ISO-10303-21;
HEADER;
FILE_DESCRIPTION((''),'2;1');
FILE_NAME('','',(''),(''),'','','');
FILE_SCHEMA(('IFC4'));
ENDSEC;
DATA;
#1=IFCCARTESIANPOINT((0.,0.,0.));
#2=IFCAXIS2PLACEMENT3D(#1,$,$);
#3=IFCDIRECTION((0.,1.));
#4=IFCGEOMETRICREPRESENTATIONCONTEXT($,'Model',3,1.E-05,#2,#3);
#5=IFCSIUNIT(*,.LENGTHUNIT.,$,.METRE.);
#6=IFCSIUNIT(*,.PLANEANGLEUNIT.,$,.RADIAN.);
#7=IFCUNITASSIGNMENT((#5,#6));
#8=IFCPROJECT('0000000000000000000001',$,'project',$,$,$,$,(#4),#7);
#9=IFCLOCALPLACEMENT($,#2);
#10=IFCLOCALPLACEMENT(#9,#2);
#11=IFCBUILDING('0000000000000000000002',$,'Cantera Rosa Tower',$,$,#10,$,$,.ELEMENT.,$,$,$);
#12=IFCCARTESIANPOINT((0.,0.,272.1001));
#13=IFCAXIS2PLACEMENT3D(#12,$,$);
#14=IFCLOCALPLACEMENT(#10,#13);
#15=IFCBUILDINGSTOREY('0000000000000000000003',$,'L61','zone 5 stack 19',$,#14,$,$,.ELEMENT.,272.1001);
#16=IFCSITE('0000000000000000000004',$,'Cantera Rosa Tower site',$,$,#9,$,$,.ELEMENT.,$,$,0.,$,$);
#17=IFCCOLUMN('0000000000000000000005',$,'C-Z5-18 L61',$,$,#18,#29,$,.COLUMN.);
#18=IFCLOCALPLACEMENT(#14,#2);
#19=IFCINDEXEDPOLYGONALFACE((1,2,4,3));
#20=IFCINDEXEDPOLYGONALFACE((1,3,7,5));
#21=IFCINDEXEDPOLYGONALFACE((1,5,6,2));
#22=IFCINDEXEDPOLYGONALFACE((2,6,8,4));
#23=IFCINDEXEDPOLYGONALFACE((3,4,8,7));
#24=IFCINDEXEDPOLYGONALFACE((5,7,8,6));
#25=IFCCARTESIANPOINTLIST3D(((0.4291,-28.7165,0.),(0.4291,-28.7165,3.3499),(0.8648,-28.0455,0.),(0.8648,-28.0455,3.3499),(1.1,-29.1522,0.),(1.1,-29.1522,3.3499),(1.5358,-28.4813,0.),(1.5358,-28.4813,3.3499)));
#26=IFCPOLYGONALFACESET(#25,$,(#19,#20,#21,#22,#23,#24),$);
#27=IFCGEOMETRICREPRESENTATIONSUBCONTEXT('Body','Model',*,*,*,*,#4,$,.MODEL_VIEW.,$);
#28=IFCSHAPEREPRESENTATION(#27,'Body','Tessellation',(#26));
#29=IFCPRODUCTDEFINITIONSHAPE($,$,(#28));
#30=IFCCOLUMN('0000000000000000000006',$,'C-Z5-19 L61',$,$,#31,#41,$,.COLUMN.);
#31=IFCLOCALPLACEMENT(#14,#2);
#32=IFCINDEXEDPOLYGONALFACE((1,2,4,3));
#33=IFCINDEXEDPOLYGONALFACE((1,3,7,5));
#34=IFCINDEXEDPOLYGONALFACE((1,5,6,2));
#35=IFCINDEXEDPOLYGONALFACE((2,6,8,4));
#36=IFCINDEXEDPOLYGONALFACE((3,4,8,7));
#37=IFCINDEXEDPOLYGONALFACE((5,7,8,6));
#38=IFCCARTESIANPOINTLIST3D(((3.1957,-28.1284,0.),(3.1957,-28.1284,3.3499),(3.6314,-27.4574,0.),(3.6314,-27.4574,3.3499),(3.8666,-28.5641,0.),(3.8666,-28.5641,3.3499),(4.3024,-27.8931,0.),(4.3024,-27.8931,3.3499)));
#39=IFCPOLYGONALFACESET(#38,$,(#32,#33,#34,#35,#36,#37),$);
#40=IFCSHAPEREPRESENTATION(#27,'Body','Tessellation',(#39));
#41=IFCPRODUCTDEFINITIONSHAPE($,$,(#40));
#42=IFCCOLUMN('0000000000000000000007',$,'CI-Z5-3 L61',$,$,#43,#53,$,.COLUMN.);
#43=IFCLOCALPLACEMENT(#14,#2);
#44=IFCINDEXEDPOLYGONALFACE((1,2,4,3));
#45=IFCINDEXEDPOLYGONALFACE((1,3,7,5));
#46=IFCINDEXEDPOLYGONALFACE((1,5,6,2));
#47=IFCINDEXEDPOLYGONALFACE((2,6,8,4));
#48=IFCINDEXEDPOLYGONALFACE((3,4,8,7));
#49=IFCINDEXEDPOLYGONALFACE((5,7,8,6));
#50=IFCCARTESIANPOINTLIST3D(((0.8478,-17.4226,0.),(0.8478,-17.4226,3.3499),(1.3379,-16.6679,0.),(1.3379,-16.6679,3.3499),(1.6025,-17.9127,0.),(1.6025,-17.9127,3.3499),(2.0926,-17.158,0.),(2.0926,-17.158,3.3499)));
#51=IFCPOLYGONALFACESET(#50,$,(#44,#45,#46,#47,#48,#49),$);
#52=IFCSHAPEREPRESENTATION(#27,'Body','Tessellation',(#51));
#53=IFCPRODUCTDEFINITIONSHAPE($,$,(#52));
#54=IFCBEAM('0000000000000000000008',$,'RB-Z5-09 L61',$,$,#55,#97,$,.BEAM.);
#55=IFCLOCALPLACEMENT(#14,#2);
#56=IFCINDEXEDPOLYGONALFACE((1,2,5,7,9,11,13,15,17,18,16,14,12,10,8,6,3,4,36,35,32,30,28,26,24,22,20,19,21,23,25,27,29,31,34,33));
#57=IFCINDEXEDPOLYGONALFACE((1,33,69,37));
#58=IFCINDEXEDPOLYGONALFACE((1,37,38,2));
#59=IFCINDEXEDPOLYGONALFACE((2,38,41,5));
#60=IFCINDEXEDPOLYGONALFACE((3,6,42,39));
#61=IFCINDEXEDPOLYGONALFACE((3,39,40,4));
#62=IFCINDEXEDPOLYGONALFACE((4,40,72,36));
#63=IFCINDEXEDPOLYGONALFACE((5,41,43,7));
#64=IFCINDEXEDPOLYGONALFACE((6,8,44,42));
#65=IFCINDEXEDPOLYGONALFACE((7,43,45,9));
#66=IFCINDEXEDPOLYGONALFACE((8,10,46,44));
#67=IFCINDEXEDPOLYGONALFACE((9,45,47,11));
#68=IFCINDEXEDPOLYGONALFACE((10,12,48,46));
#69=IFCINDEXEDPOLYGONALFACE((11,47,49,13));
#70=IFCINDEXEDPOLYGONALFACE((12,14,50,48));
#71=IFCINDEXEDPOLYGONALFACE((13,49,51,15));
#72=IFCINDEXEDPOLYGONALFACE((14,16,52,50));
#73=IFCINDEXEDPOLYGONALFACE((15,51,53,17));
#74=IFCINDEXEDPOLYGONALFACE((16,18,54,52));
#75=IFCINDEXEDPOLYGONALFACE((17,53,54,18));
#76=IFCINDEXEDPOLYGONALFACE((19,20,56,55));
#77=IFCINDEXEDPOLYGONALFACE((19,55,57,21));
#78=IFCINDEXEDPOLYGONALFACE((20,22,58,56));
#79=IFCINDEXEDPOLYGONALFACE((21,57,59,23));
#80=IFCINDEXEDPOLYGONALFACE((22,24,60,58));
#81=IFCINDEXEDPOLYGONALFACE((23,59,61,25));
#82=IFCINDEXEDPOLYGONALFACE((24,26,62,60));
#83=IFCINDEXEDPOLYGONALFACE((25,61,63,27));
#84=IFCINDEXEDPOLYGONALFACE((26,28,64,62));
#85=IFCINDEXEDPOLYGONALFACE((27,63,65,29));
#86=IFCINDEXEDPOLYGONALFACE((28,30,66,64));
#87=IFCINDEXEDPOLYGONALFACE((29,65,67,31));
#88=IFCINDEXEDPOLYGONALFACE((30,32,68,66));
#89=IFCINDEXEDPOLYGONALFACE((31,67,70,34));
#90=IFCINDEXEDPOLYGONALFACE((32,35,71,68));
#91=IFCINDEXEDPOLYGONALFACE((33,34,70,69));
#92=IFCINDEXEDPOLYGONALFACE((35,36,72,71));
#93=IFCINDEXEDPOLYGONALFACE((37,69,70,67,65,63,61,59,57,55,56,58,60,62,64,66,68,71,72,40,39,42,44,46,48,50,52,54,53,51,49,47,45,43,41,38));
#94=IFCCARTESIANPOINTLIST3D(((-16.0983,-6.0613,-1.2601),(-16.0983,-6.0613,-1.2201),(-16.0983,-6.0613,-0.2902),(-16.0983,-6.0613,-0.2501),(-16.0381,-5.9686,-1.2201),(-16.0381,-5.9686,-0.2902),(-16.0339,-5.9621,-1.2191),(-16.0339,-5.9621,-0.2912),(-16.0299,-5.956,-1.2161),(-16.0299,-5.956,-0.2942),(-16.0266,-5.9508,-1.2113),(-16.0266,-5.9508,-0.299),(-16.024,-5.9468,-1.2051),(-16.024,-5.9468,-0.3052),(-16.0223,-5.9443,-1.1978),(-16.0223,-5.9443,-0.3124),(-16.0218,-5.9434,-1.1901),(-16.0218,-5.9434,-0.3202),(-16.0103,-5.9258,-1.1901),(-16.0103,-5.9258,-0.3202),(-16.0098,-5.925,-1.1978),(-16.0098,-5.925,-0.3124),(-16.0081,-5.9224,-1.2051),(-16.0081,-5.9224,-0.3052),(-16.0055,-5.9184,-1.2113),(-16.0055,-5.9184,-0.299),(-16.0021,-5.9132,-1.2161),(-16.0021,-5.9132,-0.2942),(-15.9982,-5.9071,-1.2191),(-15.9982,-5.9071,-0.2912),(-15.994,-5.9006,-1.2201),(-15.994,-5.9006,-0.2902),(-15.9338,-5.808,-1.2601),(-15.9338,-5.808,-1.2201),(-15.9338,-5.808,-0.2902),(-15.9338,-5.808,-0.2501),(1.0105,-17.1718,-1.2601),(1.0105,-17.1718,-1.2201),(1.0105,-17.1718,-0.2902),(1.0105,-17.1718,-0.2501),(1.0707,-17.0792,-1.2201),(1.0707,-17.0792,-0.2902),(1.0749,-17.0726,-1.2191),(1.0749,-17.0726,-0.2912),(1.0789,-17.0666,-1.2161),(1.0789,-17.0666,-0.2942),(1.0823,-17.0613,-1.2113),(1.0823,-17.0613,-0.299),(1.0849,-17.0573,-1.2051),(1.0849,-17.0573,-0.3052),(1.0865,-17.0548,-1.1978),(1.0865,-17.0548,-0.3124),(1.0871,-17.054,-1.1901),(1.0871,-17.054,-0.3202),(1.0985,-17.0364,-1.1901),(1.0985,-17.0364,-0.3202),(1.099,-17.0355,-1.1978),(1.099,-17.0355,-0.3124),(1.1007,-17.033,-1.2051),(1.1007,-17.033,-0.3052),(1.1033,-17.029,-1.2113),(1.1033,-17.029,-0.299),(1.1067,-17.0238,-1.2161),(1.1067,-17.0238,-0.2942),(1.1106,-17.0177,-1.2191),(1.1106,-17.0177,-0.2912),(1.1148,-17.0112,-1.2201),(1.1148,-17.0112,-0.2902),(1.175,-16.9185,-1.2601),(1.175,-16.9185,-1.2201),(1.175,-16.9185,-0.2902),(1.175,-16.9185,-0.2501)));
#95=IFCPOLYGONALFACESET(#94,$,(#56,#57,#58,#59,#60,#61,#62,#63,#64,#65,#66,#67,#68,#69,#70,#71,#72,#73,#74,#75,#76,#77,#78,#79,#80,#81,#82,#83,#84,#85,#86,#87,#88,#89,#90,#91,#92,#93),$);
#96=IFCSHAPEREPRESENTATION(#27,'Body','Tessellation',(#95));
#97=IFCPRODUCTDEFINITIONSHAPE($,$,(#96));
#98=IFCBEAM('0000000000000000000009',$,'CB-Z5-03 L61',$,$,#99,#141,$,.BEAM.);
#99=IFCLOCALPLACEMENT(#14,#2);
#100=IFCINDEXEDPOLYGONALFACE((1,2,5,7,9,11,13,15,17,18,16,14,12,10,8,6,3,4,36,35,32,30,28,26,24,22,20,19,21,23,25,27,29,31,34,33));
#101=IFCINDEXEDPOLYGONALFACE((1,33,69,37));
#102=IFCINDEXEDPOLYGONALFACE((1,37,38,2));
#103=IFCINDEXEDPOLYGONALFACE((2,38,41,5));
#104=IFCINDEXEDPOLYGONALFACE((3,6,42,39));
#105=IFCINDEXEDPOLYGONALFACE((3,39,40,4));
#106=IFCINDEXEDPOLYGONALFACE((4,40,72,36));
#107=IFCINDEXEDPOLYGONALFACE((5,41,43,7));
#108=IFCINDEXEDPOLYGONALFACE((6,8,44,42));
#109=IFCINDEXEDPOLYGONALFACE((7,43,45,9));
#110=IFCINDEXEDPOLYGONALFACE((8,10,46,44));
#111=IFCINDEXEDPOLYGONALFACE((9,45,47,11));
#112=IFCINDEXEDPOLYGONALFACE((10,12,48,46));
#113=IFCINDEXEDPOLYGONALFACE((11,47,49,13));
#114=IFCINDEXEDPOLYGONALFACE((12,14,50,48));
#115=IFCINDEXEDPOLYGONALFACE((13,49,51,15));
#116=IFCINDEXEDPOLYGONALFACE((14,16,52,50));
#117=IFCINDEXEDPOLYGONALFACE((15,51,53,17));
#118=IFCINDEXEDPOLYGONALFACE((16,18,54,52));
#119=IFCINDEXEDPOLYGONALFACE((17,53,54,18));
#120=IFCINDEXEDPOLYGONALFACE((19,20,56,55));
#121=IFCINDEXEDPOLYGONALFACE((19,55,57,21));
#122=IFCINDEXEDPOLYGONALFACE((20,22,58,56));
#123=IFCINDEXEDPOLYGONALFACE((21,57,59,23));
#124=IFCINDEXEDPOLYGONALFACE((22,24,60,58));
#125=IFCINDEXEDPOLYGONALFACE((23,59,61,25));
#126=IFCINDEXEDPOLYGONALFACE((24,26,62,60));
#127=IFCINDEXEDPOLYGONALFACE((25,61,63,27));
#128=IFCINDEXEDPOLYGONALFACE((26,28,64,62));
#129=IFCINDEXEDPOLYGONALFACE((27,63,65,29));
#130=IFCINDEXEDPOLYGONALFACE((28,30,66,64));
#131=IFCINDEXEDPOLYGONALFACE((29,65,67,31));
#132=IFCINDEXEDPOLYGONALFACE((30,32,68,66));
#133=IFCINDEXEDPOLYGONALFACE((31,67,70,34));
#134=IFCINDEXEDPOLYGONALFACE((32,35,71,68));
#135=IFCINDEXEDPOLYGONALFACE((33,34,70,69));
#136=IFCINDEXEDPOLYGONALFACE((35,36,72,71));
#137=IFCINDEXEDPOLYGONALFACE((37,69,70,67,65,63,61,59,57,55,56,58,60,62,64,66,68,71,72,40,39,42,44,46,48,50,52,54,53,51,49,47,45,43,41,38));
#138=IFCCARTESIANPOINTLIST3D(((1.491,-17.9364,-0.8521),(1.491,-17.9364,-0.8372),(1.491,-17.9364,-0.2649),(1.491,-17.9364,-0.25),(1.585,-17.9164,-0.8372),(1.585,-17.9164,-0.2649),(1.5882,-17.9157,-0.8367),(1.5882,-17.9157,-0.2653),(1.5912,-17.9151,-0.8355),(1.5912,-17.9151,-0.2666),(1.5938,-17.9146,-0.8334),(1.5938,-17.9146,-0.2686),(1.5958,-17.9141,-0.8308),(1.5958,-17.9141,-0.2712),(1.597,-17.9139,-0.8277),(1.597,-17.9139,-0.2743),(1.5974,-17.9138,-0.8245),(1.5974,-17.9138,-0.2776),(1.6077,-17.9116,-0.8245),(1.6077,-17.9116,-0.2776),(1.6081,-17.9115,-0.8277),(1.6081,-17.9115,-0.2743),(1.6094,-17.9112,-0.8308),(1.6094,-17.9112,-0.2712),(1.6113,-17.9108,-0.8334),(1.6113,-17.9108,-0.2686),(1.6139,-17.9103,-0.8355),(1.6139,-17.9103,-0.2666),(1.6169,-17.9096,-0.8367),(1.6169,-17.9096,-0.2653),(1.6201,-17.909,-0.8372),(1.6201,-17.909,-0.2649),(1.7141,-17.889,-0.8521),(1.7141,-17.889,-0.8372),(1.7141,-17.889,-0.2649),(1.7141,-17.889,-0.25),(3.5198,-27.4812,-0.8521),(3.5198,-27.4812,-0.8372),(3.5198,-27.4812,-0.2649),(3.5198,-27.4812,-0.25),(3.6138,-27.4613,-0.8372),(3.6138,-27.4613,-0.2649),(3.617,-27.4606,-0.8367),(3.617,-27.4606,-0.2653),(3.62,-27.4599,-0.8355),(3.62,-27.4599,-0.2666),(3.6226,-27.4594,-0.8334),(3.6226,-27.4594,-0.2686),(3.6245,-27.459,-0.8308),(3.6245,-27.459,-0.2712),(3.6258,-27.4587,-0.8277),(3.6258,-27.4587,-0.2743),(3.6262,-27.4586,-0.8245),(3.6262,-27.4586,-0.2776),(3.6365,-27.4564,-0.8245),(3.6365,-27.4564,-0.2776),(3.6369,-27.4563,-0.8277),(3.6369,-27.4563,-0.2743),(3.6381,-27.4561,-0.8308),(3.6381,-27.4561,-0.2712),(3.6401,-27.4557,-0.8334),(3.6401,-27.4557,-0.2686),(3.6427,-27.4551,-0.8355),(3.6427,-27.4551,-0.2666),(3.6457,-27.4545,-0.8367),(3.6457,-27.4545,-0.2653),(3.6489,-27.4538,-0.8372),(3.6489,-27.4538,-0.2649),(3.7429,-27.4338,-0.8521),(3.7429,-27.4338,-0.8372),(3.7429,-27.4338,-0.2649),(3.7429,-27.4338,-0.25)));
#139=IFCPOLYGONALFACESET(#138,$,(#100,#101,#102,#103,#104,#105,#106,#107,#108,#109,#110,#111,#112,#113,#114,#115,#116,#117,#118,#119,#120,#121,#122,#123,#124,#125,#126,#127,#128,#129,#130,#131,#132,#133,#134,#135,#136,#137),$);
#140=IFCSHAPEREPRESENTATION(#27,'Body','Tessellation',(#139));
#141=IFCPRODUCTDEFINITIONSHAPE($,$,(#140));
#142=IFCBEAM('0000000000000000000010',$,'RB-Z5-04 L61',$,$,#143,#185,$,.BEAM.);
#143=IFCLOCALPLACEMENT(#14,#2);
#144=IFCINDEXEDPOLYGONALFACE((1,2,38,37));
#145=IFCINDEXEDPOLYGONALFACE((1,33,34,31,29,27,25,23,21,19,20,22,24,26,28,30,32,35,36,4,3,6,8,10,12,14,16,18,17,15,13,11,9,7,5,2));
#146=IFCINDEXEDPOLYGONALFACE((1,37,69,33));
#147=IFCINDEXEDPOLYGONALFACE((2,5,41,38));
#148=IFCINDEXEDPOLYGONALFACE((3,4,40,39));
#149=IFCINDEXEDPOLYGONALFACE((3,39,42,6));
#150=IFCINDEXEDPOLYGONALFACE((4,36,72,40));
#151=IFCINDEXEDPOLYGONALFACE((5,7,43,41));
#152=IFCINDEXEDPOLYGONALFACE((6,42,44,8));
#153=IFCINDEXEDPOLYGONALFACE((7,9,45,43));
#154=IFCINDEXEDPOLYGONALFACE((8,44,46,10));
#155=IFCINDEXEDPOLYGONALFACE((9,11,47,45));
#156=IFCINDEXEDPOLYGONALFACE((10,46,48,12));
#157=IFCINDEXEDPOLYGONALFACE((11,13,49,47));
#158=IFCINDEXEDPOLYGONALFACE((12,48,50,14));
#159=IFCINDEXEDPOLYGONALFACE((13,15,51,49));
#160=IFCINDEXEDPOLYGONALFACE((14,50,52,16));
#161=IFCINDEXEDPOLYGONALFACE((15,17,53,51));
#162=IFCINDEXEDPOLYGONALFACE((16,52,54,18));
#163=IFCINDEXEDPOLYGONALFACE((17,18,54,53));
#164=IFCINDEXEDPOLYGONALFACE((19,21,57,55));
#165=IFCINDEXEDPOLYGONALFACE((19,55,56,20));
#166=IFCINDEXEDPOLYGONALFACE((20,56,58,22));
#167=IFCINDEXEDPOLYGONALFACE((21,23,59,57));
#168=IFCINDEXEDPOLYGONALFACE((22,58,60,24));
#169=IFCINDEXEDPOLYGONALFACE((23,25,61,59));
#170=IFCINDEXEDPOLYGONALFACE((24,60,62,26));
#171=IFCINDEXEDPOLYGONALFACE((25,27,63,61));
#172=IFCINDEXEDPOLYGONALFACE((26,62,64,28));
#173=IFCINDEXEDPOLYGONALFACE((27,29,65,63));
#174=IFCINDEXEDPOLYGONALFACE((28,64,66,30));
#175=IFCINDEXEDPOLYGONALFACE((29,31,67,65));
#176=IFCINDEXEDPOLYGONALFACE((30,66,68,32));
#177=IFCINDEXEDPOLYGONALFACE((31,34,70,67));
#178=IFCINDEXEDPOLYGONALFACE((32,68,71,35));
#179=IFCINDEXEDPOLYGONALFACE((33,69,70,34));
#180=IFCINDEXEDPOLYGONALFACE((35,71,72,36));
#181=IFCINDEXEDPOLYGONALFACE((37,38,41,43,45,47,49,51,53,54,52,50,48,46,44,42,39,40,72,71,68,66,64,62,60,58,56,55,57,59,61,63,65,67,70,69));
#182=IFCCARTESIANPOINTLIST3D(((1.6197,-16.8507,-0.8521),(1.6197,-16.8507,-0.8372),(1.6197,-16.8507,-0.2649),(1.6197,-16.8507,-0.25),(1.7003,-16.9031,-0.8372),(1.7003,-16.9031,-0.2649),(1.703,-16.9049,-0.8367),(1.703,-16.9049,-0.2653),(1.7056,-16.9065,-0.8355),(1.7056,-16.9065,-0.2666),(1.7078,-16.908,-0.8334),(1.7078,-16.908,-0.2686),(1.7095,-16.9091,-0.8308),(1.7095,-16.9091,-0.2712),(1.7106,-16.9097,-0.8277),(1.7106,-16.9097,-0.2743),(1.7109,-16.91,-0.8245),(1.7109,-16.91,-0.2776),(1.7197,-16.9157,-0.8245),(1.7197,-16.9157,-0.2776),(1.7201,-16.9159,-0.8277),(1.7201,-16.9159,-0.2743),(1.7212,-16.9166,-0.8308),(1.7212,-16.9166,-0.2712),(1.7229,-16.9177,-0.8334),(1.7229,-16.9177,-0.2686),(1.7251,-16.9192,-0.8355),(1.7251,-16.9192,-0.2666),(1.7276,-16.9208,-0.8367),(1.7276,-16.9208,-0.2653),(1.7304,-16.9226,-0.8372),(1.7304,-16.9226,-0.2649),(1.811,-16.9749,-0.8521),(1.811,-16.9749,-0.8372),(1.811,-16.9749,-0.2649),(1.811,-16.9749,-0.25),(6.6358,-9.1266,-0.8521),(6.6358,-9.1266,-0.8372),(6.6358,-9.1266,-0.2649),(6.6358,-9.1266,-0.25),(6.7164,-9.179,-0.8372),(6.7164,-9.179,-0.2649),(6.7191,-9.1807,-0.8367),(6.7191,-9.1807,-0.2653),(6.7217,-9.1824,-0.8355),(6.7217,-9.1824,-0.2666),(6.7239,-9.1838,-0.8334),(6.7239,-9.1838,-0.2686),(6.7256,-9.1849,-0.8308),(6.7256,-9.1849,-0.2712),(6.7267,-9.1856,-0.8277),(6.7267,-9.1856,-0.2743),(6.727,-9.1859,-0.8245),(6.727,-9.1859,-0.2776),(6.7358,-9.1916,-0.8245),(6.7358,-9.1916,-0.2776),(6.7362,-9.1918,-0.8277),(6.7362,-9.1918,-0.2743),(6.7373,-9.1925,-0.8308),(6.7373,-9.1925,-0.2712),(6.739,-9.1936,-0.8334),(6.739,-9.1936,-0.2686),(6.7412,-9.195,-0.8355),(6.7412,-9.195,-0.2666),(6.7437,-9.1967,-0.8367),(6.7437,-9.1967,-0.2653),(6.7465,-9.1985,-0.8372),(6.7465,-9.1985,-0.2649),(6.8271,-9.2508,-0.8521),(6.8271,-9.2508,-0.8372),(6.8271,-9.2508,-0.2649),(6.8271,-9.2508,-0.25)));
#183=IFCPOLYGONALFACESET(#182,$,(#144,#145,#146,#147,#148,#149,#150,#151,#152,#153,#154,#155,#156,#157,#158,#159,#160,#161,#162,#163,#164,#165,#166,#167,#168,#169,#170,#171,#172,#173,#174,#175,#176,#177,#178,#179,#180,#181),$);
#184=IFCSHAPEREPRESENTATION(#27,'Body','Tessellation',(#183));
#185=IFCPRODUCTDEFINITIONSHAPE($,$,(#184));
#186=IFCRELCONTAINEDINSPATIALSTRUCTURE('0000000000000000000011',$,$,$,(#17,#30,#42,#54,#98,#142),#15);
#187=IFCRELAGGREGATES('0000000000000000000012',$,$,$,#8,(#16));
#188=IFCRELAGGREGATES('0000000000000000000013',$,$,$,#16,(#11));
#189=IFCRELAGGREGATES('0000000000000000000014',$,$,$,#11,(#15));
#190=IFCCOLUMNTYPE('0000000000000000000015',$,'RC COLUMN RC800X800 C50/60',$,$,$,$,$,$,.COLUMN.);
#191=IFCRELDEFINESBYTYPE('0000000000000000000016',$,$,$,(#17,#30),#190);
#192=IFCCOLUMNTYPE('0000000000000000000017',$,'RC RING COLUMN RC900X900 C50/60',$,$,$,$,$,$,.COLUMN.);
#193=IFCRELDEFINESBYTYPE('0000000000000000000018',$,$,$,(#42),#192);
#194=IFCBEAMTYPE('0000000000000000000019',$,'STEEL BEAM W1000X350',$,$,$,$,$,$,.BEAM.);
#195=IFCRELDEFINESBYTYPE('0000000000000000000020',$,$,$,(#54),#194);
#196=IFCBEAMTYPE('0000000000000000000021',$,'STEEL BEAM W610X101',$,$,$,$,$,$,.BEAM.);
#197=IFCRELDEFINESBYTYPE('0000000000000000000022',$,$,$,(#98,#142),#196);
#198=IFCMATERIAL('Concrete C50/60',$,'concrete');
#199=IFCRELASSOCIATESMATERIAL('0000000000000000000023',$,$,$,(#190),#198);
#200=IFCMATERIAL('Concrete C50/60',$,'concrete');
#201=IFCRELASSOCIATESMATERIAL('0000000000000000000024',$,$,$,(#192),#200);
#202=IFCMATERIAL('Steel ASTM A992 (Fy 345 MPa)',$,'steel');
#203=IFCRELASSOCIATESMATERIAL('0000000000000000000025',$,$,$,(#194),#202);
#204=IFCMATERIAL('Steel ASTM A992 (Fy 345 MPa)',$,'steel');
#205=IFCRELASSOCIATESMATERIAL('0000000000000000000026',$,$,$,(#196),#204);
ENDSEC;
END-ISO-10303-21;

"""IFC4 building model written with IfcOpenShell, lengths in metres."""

from ifc_helpers import new_model, si_unit, direction, frame, origin, origin_2d, place, context, subcontext, project, spatial, rectangle, i_section, extrude, material, material_profile, profile_set, type_object, element, save


model = new_model("IFC4")

# Units and contexts
model_context = context("Model", 3, precision=1e-05, world=origin(), true_north=direction((0.0, 1.0)))
body_context = subcontext(model_context, "Body", "Model", "MODEL_VIEW")
ifc_project = project(units=[si_unit("LENGTHUNIT", "METRE"), si_unit("PLANEANGLEUNIT", "RADIAN")], contexts=[model_context])

# Site, building, storey
site_placement = place(None, origin())
site = spatial("IfcSite", under=ifc_project, at=site_placement, Name="Cantera Rosa Tower site", CompositionType="ELEMENT", RefElevation=0.0)
building_placement = place(site_placement, origin())
building = spatial("IfcBuilding", under=site, at=building_placement, Name="Cantera Rosa Tower", CompositionType="ELEMENT")
storey_placement = place(building_placement, frame((0.0, 0.0, 272.1001)))
storey = spatial("IfcBuildingStorey", under=building, at=storey_placement, Name="L61", Description="zone 5 stack 19", CompositionType="ELEMENT", Elevation=272.1001)

# Columns
ifc_material_1 = material(Name="Concrete C50/60", Category="concrete")
ifc_material_profile_1 = material_profile(ifc_material_1, rectangle(XDim=0.8, YDim=0.8, at=origin_2d()), Name="RC COLUMN RC800X800 C50/60")
ifc_profile_set_1 = profile_set([ifc_material_profile_1], Name="Concrete C50/60")
column_type_1 = type_object("IfcColumnType", Name="RC COLUMN RC800X800 C50/60", PredefinedType="COLUMN", material=ifc_profile_set_1)
for number, where, z_axis, x_axis, name in (
    (1, (0.9824, -28.5989, 0.0), (0.0, 0.0, 1.0), (0.544639, 0.838671, 0.0), "C-Z5-18 L61"),
    (2, (3.749, -28.0107, 0.0), (0.0, 0.0, 1.0), (0.544639, 0.838671, 0.0), "C-Z5-19 L61"),
):
    element("IfcColumn", number, at=place(storey_placement, frame(where, z_axis=z_axis, x_axis=x_axis)), inside=storey, type_object=column_type_1, Name=name, PredefinedType="COLUMN", context=body_context, shape_type="SweptSolid", body=[
        extrude(rectangle(XDim=0.8, YDim=0.8, at=origin_2d()), origin(), (0.0, 0.0, 1.0), 3.3499),
    ])
ifc_material_2 = material(Name="Concrete C50/60", Category="concrete")
ifc_material_profile_2 = material_profile(ifc_material_2, rectangle(XDim=0.8999, YDim=0.8999, at=origin_2d()), Name="RC RING COLUMN RC900X900 C50/60")
ifc_profile_set_2 = profile_set([ifc_material_profile_2], Name="Concrete C50/60")
column_type_2 = type_object("IfcColumnType", Name="RC RING COLUMN RC900X900 C50/60", PredefinedType="COLUMN", material=ifc_profile_set_2)
column_placement = place(storey_placement, frame((1.4702, -17.2903, 0.0), z_axis=(0.0, 0.0, 1.0), x_axis=(0.544639, 0.838671, 0.0)))
element("IfcColumn", 3, at=column_placement, inside=storey, type_object=column_type_2, Name="CI-Z5-3 L61", PredefinedType="COLUMN", context=body_context, shape_type="SweptSolid", body=[
    extrude(rectangle(XDim=0.8999, YDim=0.8999, at=origin_2d()), origin(), (0.0, 0.0, 1.0), 3.3499),
])

# Beams
ifc_material_3 = material(Name="Steel ASTM A992 (Fy 345 MPa)", Category="steel")
ifc_material_profile_3 = material_profile(ifc_material_3, i_section(OverallWidth=0.302, OverallDepth=1.01, WebThickness=0.021, FlangeThickness=0.04, FilletRadius=0.03, at=origin_2d()), Name="W1000X350")
ifc_profile_set_3 = profile_set([ifc_material_profile_3], Name="Steel ASTM A992 (Fy 345 MPa)")
beam_type_1 = type_object("IfcBeamType", Name="STEEL BEAM W1000X350", PredefinedType="BEAM", material=ifc_profile_set_3)
beam_1_placement = place(storey_placement, frame((1.0928, -17.0452, -0.7551), z_axis=(-0.838672, 0.544637, 0.0), x_axis=(-0.544637, -0.838672, 0.0)))
element("IfcBeam", 4, at=beam_1_placement, inside=storey, type_object=beam_type_1, Name="RB-Z5-09 L61", PredefinedType="BEAM", context=body_context, shape_type="SweptSolid", body=[
    extrude(i_section(OverallWidth=0.302, OverallDepth=1.01, WebThickness=0.021, FlangeThickness=0.04, FilletRadius=0.03, at=origin_2d()), origin(), (0.0, 0.0, 1.0), 20.3999),
])
ifc_material_4 = material(Name="Steel ASTM A992 (Fy 345 MPa)", Category="steel")
ifc_material_profile_4 = material_profile(ifc_material_4, i_section(OverallWidth=0.228, OverallDepth=0.6021, WebThickness=0.0105, FlangeThickness=0.0149, FilletRadius=0.0127, at=origin_2d()), Name="W610X101")
ifc_profile_set_4 = profile_set([ifc_material_profile_4], Name="Steel ASTM A992 (Fy 345 MPa)")
beam_type_2 = type_object("IfcBeamType", Name="STEEL BEAM W610X101", PredefinedType="BEAM", material=ifc_profile_set_4)
beam_2_placement = place(storey_placement, frame((3.6313, -27.4575, -0.551), z_axis=(-0.207909, 0.978148, 0.0), x_axis=(-0.978148, -0.207909, 0.0)))
element("IfcBeam", 5, at=beam_2_placement, inside=storey, type_object=beam_type_2, Name="CB-Z5-03 L61", PredefinedType="BEAM", context=body_context, shape_type="SweptSolid", body=[
    extrude(i_section(OverallWidth=0.228, OverallDepth=0.6021, WebThickness=0.0105, FlangeThickness=0.0149, FilletRadius=0.0127, at=origin_2d()), origin(), (0.0, 0.0, 1.0), 9.7581),
])
beam_3_placement = place(storey_placement, frame((1.7153, -16.9128, -0.551), z_axis=(0.54464, 0.83867, 0.0), x_axis=(-0.83867, 0.54464, 0.0)))
element("IfcBeam", 6, at=beam_3_placement, inside=storey, type_object=beam_type_2, Name="RB-Z5-04 L61", PredefinedType="BEAM", context=body_context, shape_type="SweptSolid", body=[
    extrude(i_section(OverallWidth=0.228, OverallDepth=0.6021, WebThickness=0.0105, FlangeThickness=0.0149, FilletRadius=0.0127, at=origin_2d()), origin(), (0.0, 0.0, 1.0), 9.21),
])

save(model, "model.ifc")
